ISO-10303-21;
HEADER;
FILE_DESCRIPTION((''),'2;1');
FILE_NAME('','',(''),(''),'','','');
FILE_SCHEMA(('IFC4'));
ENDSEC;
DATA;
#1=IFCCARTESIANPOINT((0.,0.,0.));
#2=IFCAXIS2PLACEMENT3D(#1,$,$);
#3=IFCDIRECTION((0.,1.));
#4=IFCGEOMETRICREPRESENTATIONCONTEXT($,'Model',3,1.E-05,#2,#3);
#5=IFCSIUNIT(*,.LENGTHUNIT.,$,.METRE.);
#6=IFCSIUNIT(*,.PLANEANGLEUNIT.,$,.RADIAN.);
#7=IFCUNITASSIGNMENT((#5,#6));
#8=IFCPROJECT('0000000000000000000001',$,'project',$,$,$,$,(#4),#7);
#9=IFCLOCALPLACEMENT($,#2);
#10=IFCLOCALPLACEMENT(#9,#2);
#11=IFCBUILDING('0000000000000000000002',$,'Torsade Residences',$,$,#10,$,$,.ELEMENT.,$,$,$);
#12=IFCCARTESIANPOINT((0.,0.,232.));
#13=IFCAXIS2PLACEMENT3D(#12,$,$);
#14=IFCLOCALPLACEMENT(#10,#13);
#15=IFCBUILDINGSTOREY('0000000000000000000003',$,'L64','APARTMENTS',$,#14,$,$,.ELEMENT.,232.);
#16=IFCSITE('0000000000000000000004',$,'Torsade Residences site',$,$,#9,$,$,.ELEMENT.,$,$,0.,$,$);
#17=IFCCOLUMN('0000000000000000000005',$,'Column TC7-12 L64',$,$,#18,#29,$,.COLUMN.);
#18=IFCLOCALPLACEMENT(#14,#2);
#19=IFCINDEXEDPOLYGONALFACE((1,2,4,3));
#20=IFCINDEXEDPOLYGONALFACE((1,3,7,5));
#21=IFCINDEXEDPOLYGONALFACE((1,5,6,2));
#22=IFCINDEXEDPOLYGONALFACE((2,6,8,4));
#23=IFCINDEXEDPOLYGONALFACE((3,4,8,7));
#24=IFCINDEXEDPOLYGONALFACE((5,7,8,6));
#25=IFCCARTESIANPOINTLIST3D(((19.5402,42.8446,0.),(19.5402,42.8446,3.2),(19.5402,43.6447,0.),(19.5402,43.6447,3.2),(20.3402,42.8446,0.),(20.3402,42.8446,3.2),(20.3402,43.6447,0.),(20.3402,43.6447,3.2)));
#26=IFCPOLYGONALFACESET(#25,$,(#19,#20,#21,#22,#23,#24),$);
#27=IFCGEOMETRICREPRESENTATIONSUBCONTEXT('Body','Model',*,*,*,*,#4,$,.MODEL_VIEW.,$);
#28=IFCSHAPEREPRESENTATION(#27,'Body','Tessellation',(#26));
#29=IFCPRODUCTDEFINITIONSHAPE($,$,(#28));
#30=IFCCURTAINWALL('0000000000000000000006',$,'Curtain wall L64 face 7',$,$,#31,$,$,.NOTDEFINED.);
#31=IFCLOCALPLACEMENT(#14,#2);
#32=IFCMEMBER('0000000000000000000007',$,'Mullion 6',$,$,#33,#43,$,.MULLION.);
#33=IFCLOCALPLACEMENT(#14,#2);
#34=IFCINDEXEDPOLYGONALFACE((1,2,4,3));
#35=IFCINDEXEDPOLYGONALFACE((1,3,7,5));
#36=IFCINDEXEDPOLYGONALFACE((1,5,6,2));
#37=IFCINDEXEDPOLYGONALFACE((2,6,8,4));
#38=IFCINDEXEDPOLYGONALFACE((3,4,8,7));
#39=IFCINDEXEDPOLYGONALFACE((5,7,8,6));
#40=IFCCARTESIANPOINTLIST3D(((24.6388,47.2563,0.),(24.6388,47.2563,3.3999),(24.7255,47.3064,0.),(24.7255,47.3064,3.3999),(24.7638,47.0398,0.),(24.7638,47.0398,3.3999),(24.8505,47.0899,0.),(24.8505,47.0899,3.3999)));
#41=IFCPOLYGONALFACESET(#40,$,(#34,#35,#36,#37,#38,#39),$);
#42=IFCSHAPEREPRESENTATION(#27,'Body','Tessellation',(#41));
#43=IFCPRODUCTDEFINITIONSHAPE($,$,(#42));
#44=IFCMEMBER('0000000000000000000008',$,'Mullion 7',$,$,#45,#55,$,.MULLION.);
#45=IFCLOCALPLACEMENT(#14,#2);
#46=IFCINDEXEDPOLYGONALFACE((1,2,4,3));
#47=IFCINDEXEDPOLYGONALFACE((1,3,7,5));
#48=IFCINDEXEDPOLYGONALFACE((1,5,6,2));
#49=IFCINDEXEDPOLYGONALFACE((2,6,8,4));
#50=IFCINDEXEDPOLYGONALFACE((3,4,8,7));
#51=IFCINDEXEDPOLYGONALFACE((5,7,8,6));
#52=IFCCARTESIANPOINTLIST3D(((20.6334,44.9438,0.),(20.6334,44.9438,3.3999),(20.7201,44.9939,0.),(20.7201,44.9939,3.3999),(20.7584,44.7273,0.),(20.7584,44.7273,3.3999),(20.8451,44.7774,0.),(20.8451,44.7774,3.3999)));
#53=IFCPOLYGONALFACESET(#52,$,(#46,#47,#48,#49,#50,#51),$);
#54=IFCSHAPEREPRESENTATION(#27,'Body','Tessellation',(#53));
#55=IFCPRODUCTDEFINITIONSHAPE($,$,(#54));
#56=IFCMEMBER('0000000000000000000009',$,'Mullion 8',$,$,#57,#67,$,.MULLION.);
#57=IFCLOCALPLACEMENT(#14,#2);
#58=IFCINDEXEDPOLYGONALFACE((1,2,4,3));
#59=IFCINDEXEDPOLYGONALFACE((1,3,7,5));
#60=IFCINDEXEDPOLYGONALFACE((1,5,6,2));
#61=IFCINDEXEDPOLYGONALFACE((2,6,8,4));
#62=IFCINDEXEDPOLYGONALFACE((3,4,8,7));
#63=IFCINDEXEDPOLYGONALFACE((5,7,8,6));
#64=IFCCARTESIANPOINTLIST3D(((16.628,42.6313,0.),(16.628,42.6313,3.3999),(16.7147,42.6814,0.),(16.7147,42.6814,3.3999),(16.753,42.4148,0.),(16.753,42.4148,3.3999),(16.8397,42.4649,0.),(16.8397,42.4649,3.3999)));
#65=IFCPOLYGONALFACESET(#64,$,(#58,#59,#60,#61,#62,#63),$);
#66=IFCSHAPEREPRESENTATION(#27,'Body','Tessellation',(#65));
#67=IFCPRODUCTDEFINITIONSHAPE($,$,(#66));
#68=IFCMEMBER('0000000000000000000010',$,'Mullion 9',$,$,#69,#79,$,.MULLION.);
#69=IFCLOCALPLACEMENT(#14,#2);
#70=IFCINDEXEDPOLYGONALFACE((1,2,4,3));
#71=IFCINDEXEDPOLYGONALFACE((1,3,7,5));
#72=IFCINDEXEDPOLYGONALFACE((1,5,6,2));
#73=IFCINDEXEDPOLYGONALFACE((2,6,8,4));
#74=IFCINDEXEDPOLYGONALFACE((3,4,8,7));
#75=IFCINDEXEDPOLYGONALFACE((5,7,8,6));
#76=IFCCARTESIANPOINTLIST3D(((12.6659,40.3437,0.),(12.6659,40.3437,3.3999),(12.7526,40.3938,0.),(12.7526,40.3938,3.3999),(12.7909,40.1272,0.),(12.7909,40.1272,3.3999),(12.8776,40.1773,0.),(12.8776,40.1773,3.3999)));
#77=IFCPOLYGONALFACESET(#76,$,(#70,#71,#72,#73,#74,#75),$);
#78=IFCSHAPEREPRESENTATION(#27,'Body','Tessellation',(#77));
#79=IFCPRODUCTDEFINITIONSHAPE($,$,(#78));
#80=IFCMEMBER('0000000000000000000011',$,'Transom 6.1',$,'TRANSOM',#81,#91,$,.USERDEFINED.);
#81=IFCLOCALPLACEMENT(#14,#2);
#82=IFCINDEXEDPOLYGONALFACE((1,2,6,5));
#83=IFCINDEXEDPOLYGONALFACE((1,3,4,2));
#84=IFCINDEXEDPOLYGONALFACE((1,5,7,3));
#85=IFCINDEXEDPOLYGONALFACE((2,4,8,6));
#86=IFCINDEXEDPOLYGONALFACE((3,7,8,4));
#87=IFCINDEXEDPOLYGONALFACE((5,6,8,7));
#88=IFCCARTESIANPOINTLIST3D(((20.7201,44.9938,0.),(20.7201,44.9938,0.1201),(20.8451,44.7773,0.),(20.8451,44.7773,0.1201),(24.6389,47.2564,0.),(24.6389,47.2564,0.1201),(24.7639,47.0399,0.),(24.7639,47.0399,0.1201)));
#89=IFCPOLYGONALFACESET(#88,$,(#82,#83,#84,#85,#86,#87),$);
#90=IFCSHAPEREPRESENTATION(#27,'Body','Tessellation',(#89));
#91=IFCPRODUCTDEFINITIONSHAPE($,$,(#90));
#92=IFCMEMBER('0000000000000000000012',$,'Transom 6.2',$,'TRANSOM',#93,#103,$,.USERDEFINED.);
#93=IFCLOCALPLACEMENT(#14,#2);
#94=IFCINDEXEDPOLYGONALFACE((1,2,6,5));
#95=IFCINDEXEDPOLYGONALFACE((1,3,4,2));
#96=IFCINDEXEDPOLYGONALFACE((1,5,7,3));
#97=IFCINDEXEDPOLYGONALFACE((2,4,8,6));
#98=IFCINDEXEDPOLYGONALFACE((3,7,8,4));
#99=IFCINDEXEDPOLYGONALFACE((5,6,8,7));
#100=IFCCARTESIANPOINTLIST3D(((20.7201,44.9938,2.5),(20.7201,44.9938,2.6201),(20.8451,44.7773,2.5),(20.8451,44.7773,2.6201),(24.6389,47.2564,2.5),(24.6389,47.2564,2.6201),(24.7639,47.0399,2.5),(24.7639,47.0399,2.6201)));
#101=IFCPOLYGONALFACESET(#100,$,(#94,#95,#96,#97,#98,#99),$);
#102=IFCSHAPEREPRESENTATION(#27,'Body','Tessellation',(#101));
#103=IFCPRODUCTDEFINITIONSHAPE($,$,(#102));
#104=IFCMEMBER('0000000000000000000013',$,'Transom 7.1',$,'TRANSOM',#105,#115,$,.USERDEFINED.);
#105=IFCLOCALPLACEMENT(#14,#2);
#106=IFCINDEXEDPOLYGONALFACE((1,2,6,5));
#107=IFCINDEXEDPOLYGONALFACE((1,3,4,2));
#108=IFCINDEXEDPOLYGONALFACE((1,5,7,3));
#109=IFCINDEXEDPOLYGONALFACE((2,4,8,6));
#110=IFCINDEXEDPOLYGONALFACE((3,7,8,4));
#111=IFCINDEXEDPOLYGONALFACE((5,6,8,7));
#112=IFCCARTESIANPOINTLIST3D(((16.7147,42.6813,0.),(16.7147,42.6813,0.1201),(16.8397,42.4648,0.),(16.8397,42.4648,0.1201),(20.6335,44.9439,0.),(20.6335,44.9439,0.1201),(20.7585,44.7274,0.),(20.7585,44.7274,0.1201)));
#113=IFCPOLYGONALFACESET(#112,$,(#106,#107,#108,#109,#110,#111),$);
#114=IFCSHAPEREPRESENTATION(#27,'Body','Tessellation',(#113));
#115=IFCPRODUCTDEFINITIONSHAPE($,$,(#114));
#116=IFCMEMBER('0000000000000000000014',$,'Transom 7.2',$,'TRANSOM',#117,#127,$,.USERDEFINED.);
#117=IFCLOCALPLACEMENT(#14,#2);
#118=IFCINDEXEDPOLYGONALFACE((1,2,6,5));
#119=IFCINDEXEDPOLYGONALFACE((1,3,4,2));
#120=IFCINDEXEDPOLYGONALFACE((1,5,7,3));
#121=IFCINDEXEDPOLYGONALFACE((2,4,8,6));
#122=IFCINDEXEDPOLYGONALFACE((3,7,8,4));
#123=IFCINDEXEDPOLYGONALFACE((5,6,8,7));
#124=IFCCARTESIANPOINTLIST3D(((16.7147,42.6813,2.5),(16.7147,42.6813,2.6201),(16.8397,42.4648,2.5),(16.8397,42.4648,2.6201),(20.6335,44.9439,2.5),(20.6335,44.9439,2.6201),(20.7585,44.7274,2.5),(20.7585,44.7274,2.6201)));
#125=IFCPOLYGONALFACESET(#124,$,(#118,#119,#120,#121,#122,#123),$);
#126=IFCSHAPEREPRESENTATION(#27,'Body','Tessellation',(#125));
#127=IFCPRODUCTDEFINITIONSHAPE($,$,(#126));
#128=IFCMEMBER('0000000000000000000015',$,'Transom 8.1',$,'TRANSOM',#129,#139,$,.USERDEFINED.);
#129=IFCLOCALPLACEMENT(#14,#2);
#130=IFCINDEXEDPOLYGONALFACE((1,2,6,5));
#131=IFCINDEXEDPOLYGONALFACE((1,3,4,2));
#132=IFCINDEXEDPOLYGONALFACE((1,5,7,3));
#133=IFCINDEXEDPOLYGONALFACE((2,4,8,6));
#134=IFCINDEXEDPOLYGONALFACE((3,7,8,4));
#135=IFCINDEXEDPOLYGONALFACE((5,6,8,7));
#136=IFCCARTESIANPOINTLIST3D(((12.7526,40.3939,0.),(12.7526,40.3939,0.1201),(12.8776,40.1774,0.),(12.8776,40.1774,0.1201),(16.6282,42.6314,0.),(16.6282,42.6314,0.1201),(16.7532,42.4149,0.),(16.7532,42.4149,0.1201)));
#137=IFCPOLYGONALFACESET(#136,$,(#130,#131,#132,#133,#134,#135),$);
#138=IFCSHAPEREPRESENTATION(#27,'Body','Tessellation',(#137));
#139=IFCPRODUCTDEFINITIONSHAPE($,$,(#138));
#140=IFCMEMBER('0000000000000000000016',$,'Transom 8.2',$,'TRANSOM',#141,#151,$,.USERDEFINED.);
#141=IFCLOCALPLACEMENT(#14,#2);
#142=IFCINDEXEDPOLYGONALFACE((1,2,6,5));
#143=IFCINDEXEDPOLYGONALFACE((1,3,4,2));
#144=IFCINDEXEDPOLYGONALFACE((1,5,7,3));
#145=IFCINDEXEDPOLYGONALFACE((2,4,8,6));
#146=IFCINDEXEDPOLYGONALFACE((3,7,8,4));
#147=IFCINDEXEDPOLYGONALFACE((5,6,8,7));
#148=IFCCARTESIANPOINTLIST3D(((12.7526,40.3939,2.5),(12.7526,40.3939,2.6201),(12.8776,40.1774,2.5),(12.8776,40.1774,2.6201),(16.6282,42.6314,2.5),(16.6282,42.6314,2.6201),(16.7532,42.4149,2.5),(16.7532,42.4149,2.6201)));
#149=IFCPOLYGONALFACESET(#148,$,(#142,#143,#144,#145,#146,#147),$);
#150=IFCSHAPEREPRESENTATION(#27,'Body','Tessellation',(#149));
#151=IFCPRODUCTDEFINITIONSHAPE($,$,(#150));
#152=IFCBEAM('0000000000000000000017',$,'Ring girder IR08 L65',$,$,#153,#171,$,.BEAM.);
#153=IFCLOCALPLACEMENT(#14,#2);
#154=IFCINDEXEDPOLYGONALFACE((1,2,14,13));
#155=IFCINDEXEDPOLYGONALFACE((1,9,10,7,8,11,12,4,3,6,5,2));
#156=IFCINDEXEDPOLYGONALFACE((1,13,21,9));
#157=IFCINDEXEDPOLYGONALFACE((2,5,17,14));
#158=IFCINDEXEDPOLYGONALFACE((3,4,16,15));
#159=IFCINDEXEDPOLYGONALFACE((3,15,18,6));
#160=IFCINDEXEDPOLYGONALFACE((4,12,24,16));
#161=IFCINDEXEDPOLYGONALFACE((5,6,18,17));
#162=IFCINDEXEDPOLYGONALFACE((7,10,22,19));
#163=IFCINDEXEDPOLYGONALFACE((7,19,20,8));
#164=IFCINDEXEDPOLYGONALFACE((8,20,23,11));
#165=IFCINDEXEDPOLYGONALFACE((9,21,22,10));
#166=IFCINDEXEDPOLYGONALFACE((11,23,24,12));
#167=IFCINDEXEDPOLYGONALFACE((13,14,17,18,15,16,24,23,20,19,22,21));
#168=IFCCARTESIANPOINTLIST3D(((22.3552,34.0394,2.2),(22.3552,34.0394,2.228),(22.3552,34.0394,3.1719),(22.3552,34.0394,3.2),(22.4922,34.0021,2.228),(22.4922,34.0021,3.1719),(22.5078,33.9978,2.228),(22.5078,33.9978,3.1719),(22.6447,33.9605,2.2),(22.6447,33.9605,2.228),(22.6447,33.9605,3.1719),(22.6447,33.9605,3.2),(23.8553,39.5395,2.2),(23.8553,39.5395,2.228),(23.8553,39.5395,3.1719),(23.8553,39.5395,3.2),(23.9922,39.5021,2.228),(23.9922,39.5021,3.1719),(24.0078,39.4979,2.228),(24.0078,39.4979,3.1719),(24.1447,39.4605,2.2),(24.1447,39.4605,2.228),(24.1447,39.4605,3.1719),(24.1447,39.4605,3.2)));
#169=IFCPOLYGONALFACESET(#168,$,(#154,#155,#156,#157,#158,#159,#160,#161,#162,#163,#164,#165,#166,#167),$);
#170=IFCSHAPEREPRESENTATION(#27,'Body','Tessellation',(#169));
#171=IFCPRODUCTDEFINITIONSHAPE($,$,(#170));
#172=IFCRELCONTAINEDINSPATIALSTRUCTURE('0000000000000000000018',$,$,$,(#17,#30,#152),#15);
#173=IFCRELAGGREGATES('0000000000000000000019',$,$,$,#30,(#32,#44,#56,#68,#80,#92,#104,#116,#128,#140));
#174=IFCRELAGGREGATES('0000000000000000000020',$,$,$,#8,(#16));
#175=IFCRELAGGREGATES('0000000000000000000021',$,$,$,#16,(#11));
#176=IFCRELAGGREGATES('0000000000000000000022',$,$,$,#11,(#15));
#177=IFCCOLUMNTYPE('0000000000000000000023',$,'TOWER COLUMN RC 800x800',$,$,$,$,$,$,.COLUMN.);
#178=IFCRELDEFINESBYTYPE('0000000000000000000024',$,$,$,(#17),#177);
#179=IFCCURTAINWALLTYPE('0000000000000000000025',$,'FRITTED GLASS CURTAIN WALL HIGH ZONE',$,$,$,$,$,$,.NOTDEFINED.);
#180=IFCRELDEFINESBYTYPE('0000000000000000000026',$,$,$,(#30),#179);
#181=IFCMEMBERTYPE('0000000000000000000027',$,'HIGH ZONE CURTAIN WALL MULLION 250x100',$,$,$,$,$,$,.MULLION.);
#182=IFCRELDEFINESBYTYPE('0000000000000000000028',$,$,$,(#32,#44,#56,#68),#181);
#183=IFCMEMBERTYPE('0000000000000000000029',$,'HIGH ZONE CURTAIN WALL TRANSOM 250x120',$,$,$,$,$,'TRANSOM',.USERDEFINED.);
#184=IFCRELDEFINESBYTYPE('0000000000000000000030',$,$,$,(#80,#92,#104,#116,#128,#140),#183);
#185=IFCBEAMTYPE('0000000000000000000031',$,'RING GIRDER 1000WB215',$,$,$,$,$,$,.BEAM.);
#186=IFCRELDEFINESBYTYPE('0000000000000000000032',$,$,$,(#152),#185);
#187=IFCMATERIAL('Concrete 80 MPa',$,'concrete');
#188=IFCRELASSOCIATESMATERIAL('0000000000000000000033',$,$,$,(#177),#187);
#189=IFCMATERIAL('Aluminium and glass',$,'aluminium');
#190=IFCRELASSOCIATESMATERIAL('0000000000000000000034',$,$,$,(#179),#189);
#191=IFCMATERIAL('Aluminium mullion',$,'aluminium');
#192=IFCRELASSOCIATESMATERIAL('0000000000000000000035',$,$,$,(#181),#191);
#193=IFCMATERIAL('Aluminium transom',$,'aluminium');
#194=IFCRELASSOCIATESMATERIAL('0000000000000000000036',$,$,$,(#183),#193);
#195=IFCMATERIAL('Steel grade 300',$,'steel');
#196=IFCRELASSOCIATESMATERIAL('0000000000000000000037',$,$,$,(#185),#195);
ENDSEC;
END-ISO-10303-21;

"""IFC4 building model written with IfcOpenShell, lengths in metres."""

from ifc_helpers import new_model, si_unit, direction, frame, origin, origin_2d, place, context, subcontext, project, spatial, rectangle, i_section, extrude, material, material_profile, profile_set, type_object, element, aggregate, save


model = new_model("IFC4")

# Units and contexts
model_context = context("Model", 3, precision=1e-05, world=origin(), true_north=direction((0.0, 1.0)))
body_context = subcontext(model_context, "Body", "Model", "MODEL_VIEW")
ifc_project = project(units=[si_unit("LENGTHUNIT", "METRE"), si_unit("PLANEANGLEUNIT", "RADIAN")], contexts=[model_context])

# Site, building, storey
site_placement = place(None, origin())
site = spatial("IfcSite", under=ifc_project, at=site_placement, Name="Torsade Residences site", CompositionType="ELEMENT", RefElevation=0.0)
building_placement = place(site_placement, origin())
building = spatial("IfcBuilding", under=site, at=building_placement, Name="Torsade Residences", CompositionType="ELEMENT")
storey_placement = place(building_placement, frame((0.0, 0.0, 232.0)))
storey = spatial("IfcBuildingStorey", under=building, at=storey_placement, Name="L64", Description="APARTMENTS", CompositionType="ELEMENT", Elevation=232.0)

# Column
ifc_material_1 = material(Name="Concrete 80 MPa", Category="concrete")
ifc_material_profile_1 = material_profile(ifc_material_1, rectangle(XDim=0.8, YDim=0.8, at=origin_2d()), Name="RC 800x800")
ifc_profile_set_1 = profile_set([ifc_material_profile_1], Name="Concrete 80 MPa")
column_type = type_object("IfcColumnType", Name="TOWER COLUMN RC 800x800", PredefinedType="COLUMN", material=ifc_profile_set_1)
column_placement = place(storey_placement, frame((19.9402, 43.2446, 0.0), z_axis=(0.0, 0.0, 1.0), x_axis=(1.0, 0.0, 0.0)))
element("IfcColumn", 1, at=column_placement, inside=storey, type_object=column_type, Name="Column TC7-12 L64", PredefinedType="COLUMN", context=body_context, shape_type="SweptSolid", body=[
    extrude(rectangle(XDim=0.8, YDim=0.8, at=origin_2d()), origin(), (0.0, 0.0, 1.0), 3.2),
])

# Curtain wall, members
ifc_material_2 = material(Name="Aluminium and glass", Category="aluminium")
curtain_wall_type = type_object("IfcCurtainWallType", Name="FRITTED GLASS CURTAIN WALL HIGH ZONE", PredefinedType="NOTDEFINED", material=ifc_material_2)
curtain_wall_placement = place(storey_placement, origin())
curtain_wall = element("IfcCurtainWall", 2, at=curtain_wall_placement, inside=storey, type_object=curtain_wall_type, Name="Curtain wall L64 face 7", PredefinedType="NOTDEFINED")
ifc_material_3 = material(Name="Aluminium mullion", Category="aluminium")
ifc_material_profile_2 = material_profile(ifc_material_3, rectangle(XDim=0.25, YDim=0.1001, at=origin_2d()), Name="HIGH ZONE CURTAIN WALL MULLION 250x100")
ifc_profile_set_2 = profile_set([ifc_material_profile_2], Name="Aluminium mullion")
member_type_1 = type_object("IfcMemberType", Name="HIGH ZONE CURTAIN WALL MULLION 250x100", PredefinedType="MULLION", material=ifc_profile_set_2)
member_1_placement = place(storey_placement, frame((24.7446, 47.1731, 0.0), z_axis=(0.0, 0.0, 1.0), x_axis=(0.5, -0.866025, 0.0)))
member_1 = element("IfcMember", 3, at=member_1_placement, type_object=member_type_1, Name="Mullion 6", PredefinedType="MULLION", context=body_context, shape_type="SweptSolid", body=[
    extrude(rectangle(XDim=0.25, YDim=0.1001, at=origin_2d()), origin(), (0.0, 0.0, 1.0), 3.3999),
])
member_2_placement = place(storey_placement, frame((20.7393, 44.8606, 0.0), z_axis=(0.0, 0.0, 1.0), x_axis=(0.5, -0.866025, 0.0)))
member_2 = element("IfcMember", 4, at=member_2_placement, type_object=member_type_1, Name="Mullion 7", PredefinedType="MULLION", context=body_context, shape_type="SweptSolid", body=[
    extrude(rectangle(XDim=0.25, YDim=0.1001, at=origin_2d()), origin(), (0.0, 0.0, 1.0), 3.3999),
])
member_3_placement = place(storey_placement, frame((16.7339, 42.5481, 0.0), z_axis=(0.0, 0.0, 1.0), x_axis=(0.5, -0.866025, 0.0)))
member_3 = element("IfcMember", 5, at=member_3_placement, type_object=member_type_1, Name="Mullion 8", PredefinedType="MULLION", context=body_context, shape_type="SweptSolid", body=[
    extrude(rectangle(XDim=0.25, YDim=0.1001, at=origin_2d()), origin(), (0.0, 0.0, 1.0), 3.3999),
])
member_4_placement = place(storey_placement, frame((12.7717, 40.2605, 0.0), z_axis=(0.0, 0.0, 1.0), x_axis=(0.5, -0.866025, 0.0)))
member_4 = element("IfcMember", 6, at=member_4_placement, type_object=member_type_1, Name="Mullion 9", PredefinedType="MULLION", context=body_context, shape_type="SweptSolid", body=[
    extrude(rectangle(XDim=0.25, YDim=0.1001, at=origin_2d()), origin(), (0.0, 0.0, 1.0), 3.3999),
])
ifc_material_4 = material(Name="Aluminium transom", Category="aluminium")
ifc_material_profile_3 = material_profile(ifc_material_4, rectangle(XDim=0.25, YDim=0.1201, at=origin_2d()), Name="HIGH ZONE CURTAIN WALL TRANSOM 250x120")
ifc_profile_set_3 = profile_set([ifc_material_profile_3], Name="Aluminium transom")
member_type_2 = type_object("IfcMemberType", Name="HIGH ZONE CURTAIN WALL TRANSOM 250x120", ElementType="TRANSOM", PredefinedType="USERDEFINED", material=ifc_profile_set_3)
member_5_placement = place(storey_placement, frame((24.7014, 47.1482, 0.0601), z_axis=(-0.866017, -0.500015, 0.0), x_axis=(0.500015, -0.866017, 0.0)))
member_5 = element("IfcMember", 7, at=member_5_placement, type_object=member_type_2, Name="Transom 6.1", ObjectType="TRANSOM", PredefinedType="USERDEFINED", context=body_context, shape_type="SweptSolid", body=[
    extrude(rectangle(XDim=0.25, YDim=0.1201, at=origin_2d()), origin(), (0.0, 0.0, 1.0), 4.5251),
])
member_6_placement = place(storey_placement, frame((24.7014, 47.1482, 2.5601), z_axis=(-0.866017, -0.500015, 0.0), x_axis=(0.500015, -0.866017, 0.0)))
member_6 = element("IfcMember", 8, at=member_6_placement, type_object=member_type_2, Name="Transom 6.2", ObjectType="TRANSOM", PredefinedType="USERDEFINED", context=body_context, shape_type="SweptSolid", body=[
    extrude(rectangle(XDim=0.25, YDim=0.1201, at=origin_2d()), origin(), (0.0, 0.0, 1.0), 4.5251),
])
member_7_placement = place(storey_placement, frame((20.696, 44.8357, 0.0601), z_axis=(-0.866017, -0.500015, 0.0), x_axis=(0.500015, -0.866017, 0.0)))
member_7 = element("IfcMember", 9, at=member_7_placement, type_object=member_type_2, Name="Transom 7.1", ObjectType="TRANSOM", PredefinedType="USERDEFINED", context=body_context, shape_type="SweptSolid", body=[
    extrude(rectangle(XDim=0.25, YDim=0.1201, at=origin_2d()), origin(), (0.0, 0.0, 1.0), 4.5251),
])
member_8_placement = place(storey_placement, frame((20.696, 44.8357, 2.5601), z_axis=(-0.866017, -0.500015, 0.0), x_axis=(0.500015, -0.866017, 0.0)))
member_8 = element("IfcMember", 10, at=member_8_placement, type_object=member_type_2, Name="Transom 7.2", ObjectType="TRANSOM", PredefinedType="USERDEFINED", context=body_context, shape_type="SweptSolid", body=[
    extrude(rectangle(XDim=0.25, YDim=0.1201, at=origin_2d()), origin(), (0.0, 0.0, 1.0), 4.5251),
])
member_9_placement = place(storey_placement, frame((16.6907, 42.5232, 0.0601), z_axis=(-0.866022, -0.500006, 0.0), x_axis=(0.500006, -0.866022, 0.0)))
member_9 = element("IfcMember", 11, at=member_9_placement, type_object=member_type_2, Name="Transom 8.1", ObjectType="TRANSOM", PredefinedType="USERDEFINED", context=body_context, shape_type="SweptSolid", body=[
    extrude(rectangle(XDim=0.25, YDim=0.1201, at=origin_2d()), origin(), (0.0, 0.0, 1.0), 4.4751),
])
member_10_placement = place(storey_placement, frame((16.6907, 42.5232, 2.5601), z_axis=(-0.866022, -0.500006, 0.0), x_axis=(0.500006, -0.866022, 0.0)))
member_10 = element("IfcMember", 12, at=member_10_placement, type_object=member_type_2, Name="Transom 8.2", ObjectType="TRANSOM", PredefinedType="USERDEFINED", context=body_context, shape_type="SweptSolid", body=[
    extrude(rectangle(XDim=0.25, YDim=0.1201, at=origin_2d()), origin(), (0.0, 0.0, 1.0), 4.4751),
])

# Beam
ifc_material_5 = material(Name="Steel grade 300", Category="steel")
ifc_material_profile_4 = material_profile(ifc_material_5, i_section(OverallWidth=0.3, OverallDepth=1.0, WebThickness=0.0161, FlangeThickness=0.0281, at=origin_2d()), Name="1000WB215")
ifc_profile_set_4 = profile_set([ifc_material_profile_4], Name="Steel grade 300")
beam_type_1 = type_object("IfcBeamType", Name="RING GIRDER 1000WB215", PredefinedType="BEAM", material=ifc_profile_set_4)
beam_1_placement = place(storey_placement, frame((24.0, 39.5, 2.7), z_axis=(-0.263117, -0.964764, 0.0), x_axis=(0.964764, -0.263117, 0.0)))
element("IfcBeam", 13, at=beam_1_placement, inside=storey, type_object=beam_type_1, Name="Ring girder IR08 L65", PredefinedType="BEAM", context=body_context, shape_type="SweptSolid", body=[
    extrude(i_section(OverallWidth=0.3, OverallDepth=1.0, WebThickness=0.0161, FlangeThickness=0.0281, at=origin_2d()), origin(), (0.0, 0.0, 1.0), 5.7009),
])

aggregate(curtain_wall, [member_1, member_2, member_3, member_4, member_5, member_6, member_7, member_8, member_9, member_10])

save(model, "model.ifc")
